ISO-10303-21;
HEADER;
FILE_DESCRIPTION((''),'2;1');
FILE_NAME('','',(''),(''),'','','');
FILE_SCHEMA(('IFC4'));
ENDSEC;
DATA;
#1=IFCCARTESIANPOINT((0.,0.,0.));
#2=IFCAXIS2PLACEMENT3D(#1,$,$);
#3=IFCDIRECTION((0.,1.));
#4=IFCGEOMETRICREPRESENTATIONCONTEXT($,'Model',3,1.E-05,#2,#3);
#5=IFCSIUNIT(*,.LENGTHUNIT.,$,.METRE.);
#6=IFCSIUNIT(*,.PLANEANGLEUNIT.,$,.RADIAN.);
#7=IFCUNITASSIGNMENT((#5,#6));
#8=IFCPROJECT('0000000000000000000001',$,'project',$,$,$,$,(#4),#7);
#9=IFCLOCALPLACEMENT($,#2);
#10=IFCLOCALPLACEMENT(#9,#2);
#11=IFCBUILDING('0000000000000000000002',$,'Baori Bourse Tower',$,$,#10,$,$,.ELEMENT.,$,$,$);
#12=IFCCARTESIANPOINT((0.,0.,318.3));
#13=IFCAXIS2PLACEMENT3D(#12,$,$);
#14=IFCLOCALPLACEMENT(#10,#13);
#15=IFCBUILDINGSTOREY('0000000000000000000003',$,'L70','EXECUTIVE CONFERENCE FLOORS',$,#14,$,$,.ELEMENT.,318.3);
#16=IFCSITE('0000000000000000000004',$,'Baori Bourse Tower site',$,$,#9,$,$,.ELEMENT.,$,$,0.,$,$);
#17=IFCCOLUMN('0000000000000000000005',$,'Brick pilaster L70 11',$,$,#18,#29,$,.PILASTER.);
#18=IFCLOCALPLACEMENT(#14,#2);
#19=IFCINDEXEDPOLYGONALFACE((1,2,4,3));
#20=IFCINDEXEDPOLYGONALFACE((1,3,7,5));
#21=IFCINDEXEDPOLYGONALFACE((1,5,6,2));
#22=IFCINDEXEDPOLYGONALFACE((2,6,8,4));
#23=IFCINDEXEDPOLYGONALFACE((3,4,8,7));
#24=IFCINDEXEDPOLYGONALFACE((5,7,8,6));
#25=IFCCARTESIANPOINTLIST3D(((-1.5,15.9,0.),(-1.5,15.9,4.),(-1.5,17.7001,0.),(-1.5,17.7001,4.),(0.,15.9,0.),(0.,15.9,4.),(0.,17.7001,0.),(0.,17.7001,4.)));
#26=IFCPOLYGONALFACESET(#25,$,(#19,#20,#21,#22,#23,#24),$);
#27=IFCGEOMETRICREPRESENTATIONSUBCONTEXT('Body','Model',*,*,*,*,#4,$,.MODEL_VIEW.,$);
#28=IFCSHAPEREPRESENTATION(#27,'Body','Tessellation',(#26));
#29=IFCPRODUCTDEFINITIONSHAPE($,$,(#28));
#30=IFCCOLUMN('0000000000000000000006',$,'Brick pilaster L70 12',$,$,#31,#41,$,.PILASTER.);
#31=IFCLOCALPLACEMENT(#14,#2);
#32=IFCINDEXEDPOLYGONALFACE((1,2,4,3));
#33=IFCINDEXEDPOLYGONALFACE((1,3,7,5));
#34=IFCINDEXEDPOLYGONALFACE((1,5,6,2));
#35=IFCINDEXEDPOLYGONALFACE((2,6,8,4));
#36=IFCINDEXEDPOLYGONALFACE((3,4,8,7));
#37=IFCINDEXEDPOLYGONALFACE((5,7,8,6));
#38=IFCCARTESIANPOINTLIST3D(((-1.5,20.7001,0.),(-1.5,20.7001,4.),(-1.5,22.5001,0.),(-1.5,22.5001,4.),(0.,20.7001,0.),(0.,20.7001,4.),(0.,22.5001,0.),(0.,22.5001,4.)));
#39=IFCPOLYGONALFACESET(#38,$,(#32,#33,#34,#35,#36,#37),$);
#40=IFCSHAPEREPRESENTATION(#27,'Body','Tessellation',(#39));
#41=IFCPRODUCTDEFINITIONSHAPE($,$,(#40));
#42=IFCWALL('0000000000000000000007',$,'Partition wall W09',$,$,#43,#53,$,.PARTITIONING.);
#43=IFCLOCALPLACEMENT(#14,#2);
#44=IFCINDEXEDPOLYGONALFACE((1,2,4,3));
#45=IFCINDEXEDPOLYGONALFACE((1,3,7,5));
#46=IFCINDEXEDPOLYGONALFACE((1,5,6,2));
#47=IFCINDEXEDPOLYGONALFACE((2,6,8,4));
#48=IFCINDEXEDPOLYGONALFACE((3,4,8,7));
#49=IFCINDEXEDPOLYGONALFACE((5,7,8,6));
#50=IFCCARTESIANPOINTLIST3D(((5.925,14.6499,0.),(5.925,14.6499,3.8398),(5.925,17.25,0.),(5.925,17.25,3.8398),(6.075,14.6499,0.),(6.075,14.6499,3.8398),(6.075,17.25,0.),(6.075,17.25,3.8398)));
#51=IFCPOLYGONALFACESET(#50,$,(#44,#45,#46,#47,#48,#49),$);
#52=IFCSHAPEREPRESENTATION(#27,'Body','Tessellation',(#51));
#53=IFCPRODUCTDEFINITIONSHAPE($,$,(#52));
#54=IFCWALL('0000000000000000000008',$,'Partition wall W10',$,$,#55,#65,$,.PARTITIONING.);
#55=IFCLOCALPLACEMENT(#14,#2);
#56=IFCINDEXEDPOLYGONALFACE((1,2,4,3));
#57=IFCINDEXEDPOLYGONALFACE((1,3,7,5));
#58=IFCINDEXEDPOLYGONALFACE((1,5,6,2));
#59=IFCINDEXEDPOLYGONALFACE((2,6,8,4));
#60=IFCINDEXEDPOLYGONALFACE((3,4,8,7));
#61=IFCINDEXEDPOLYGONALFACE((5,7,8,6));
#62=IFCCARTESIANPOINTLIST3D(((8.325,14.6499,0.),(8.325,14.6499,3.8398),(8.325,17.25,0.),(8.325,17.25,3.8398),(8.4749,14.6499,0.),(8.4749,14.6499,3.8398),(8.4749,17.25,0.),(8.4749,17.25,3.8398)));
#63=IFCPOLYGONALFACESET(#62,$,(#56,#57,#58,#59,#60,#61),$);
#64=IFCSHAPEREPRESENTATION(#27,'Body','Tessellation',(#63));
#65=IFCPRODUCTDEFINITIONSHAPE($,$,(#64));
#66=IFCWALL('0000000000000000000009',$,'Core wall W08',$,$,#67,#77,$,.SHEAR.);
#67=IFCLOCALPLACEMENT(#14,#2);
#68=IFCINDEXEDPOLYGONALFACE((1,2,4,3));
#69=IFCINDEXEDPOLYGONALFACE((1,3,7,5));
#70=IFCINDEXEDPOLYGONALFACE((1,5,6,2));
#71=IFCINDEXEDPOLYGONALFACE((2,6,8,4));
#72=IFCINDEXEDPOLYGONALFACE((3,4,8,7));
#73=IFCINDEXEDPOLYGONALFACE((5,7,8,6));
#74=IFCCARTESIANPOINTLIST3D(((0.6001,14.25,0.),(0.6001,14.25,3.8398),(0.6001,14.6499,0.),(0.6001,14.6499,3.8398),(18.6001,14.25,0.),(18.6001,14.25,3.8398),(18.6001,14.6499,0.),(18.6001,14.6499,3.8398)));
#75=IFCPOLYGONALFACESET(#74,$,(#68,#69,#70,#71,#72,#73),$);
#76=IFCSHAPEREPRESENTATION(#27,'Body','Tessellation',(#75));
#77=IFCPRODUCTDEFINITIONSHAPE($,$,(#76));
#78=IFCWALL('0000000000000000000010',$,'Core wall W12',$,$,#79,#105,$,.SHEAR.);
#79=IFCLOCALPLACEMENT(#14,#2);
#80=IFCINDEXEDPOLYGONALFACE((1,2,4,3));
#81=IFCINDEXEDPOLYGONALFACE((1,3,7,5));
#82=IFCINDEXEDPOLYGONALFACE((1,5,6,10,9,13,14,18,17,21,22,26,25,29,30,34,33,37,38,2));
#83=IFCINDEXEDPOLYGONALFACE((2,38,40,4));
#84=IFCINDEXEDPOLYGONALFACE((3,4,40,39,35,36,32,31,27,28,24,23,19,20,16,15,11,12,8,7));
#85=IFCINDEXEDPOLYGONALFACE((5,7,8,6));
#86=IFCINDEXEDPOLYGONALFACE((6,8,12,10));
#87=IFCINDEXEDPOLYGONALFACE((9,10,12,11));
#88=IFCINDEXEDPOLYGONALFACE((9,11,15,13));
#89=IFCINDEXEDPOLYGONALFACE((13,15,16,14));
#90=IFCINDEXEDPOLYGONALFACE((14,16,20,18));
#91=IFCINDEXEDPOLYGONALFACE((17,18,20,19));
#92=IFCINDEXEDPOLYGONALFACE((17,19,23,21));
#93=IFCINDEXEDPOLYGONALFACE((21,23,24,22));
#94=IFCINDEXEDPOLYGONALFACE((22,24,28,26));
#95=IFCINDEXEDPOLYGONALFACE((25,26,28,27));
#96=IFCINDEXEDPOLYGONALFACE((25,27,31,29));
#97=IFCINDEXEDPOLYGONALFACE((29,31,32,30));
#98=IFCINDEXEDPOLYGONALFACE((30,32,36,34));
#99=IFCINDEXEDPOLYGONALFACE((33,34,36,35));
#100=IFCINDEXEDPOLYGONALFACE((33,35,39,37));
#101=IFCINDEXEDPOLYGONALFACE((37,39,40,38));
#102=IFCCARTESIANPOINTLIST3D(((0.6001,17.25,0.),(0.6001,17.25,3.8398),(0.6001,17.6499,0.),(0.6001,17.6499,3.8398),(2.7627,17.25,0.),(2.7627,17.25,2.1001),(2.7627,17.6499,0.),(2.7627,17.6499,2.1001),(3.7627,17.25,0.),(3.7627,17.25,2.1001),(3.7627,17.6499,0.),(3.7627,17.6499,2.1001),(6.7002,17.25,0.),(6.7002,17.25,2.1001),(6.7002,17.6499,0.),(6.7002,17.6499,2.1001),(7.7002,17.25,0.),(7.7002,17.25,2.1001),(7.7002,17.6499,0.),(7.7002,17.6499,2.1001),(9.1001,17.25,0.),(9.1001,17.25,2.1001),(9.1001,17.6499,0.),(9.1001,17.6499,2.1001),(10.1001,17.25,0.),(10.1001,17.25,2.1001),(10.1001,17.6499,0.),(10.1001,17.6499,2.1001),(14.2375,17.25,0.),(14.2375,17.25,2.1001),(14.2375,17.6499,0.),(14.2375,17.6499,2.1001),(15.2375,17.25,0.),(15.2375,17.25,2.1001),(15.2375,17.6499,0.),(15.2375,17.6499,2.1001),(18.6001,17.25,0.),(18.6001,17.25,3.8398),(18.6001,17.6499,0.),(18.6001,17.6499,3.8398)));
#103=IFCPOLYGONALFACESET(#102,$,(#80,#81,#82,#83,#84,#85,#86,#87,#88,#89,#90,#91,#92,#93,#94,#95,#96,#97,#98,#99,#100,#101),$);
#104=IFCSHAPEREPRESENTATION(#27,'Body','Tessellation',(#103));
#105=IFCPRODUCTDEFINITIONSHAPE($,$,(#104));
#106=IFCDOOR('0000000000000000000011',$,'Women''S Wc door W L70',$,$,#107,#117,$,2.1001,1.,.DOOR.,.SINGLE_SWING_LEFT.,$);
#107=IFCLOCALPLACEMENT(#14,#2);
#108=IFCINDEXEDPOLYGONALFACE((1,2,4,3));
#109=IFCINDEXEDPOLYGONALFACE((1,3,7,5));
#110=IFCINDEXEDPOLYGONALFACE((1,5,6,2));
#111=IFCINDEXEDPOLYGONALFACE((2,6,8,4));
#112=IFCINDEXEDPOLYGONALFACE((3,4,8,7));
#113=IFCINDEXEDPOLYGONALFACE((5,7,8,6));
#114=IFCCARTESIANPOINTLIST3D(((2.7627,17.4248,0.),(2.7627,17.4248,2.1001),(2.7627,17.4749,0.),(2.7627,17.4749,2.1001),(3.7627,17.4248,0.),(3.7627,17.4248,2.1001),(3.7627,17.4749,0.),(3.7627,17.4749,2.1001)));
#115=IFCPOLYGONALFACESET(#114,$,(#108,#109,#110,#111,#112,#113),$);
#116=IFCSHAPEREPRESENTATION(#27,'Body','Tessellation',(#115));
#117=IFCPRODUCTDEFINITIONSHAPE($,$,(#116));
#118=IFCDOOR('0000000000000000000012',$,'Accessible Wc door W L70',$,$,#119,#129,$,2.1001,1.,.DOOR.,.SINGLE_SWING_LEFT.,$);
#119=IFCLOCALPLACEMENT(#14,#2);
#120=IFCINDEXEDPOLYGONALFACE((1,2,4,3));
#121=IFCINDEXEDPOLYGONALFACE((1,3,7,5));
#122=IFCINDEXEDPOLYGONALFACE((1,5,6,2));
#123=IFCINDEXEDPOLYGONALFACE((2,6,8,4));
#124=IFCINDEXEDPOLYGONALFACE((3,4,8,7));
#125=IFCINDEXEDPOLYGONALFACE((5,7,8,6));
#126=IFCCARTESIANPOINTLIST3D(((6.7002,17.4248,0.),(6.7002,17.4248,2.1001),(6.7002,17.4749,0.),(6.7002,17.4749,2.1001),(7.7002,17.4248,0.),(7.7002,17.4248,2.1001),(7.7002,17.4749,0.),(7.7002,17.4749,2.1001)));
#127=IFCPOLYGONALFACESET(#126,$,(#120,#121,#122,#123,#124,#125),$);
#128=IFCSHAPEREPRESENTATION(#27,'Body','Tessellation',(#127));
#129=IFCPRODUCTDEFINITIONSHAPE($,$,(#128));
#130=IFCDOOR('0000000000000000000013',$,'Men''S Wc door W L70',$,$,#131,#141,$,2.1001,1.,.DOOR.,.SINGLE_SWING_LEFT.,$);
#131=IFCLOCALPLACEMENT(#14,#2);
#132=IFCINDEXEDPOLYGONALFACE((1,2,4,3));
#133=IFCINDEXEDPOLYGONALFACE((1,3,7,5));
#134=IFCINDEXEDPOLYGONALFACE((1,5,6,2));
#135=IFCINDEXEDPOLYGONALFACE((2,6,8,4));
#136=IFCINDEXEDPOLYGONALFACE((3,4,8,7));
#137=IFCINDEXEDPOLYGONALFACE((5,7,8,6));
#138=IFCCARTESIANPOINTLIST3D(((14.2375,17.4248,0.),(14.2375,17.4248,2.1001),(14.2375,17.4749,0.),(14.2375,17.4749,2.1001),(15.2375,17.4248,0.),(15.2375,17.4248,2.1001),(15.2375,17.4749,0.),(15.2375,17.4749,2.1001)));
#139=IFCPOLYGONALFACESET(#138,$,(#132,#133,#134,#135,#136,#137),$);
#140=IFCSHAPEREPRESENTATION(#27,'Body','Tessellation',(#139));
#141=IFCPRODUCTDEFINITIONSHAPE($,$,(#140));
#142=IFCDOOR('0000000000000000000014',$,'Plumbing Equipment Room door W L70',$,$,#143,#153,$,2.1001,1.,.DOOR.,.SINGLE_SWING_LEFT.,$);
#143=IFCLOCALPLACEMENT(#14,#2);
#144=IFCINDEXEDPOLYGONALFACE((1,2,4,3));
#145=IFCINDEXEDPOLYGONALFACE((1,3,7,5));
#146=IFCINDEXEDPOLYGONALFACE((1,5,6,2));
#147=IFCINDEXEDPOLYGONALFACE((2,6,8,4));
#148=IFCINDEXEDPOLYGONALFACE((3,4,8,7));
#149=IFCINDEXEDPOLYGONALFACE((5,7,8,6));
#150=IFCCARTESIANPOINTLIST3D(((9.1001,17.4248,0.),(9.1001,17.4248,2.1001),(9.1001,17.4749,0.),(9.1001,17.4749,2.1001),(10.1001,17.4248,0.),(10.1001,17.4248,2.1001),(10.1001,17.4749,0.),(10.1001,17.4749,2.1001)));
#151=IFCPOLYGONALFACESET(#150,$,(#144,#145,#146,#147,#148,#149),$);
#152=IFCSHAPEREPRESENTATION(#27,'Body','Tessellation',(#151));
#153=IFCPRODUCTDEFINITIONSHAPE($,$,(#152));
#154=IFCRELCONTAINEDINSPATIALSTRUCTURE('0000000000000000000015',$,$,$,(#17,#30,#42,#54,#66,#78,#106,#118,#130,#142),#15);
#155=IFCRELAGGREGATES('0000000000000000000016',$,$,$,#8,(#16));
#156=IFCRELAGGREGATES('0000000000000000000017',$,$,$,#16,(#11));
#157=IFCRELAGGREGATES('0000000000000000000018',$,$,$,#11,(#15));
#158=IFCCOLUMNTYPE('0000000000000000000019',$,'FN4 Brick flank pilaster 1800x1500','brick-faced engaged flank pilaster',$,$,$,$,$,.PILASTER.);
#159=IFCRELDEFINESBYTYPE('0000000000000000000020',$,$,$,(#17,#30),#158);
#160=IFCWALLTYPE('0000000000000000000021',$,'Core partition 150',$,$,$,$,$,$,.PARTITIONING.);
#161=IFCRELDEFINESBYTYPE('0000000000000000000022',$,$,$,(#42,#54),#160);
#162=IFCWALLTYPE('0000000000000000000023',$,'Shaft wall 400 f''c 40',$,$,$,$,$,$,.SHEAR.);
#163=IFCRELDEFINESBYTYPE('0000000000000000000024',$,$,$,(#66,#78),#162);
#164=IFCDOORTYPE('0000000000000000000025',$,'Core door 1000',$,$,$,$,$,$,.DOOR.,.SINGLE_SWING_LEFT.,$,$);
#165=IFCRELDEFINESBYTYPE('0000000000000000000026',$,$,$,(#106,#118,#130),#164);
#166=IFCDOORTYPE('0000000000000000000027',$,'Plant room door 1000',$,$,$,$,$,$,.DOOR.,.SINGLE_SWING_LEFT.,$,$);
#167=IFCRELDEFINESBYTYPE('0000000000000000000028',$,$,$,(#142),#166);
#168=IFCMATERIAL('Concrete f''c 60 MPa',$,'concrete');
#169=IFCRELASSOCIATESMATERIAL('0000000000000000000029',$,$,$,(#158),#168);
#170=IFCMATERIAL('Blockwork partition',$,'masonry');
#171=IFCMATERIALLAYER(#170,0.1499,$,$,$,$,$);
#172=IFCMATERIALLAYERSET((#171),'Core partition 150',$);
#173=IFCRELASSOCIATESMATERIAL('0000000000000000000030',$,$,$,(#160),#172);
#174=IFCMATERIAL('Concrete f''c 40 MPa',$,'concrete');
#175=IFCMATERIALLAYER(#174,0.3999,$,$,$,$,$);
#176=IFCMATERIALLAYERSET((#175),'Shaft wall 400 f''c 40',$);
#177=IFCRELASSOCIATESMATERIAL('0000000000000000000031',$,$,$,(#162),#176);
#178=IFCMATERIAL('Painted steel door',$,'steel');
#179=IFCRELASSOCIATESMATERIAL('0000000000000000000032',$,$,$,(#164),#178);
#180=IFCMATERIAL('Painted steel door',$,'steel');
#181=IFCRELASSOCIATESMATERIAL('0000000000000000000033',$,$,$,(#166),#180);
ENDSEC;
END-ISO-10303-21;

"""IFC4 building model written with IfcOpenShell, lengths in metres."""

from ifc_helpers import new_model, si_unit, direction, frame, frame_2d, origin, origin_2d, place, context, subcontext, project, spatial, rectangle, extrude, material, layer, layer_set, material_profile, profile_set, type_object, element, fill, save


model = new_model("IFC4")

# Units and contexts
model_context = context("Model", 3, precision=1e-05, world=origin(), true_north=direction((0.0, 1.0)))
body_context = subcontext(model_context, "Body", "Model", "MODEL_VIEW")
ifc_project = project(units=[si_unit("LENGTHUNIT", "METRE"), si_unit("PLANEANGLEUNIT", "RADIAN")], contexts=[model_context])

# Site, building, storey
site_placement = place(None, origin())
site = spatial("IfcSite", under=ifc_project, at=site_placement, Name="Baori Bourse Tower site", CompositionType="ELEMENT", RefElevation=0.0)
building_placement = place(site_placement, origin())
building = spatial("IfcBuilding", under=site, at=building_placement, Name="Baori Bourse Tower", CompositionType="ELEMENT")
storey_placement = place(building_placement, frame((0.0, 0.0, 318.3)))
storey = spatial("IfcBuildingStorey", under=building, at=storey_placement, Name="L70", Description="EXECUTIVE CONFERENCE FLOORS", CompositionType="ELEMENT", Elevation=318.3)

# Columns
ifc_material_1 = material(Name="Concrete f'c 60 MPa", Category="concrete")
ifc_material_profile = material_profile(ifc_material_1, rectangle(XDim=1.8, YDim=1.5, at=origin_2d()), Name="RC 1800x1500")
ifc_profile_set = profile_set([ifc_material_profile], Name="Concrete f'c 60 MPa")
column_type = type_object("IfcColumnType", Name="FN4 Brick flank pilaster 1800x1500", Description="brick-faced engaged flank pilaster", PredefinedType="PILASTER", material=ifc_profile_set)
for number, where, z_axis, x_axis, name in (
    (1, (-0.75, 16.8, 0.0), (0.0, 0.0, 1.0), (0.0, 1.0, 0.0), "Brick pilaster L70 11"),
    (2, (-0.75, 21.6001, 0.0), (0.0, 0.0, 1.0), (0.0, 1.0, 0.0), "Brick pilaster L70 12"),
):
    element("IfcColumn", number, at=place(storey_placement, frame(where, z_axis=z_axis, x_axis=x_axis)), inside=storey, type_object=column_type, Name=name, PredefinedType="PILASTER", context=body_context, shape_type="SweptSolid", body=[
        extrude(rectangle(XDim=1.8, YDim=1.5, at=origin_2d()), origin(), (0.0, 0.0, 1.0), 4.0),
    ])

# Walls
ifc_material_2 = material(Name="Blockwork partition", Category="masonry")
ifc_layer_1 = layer(ifc_material_2, 0.1499)
ifc_layer_set_1 = layer_set([ifc_layer_1], Name="Core partition 150")
wall_type_1 = type_object("IfcWallType", Name="Core partition 150", PredefinedType="PARTITIONING", material=ifc_layer_set_1)
for number, where, z_axis, x_axis, name in (
    (3, (6.0, 14.6499, 0.0), (0.0, 0.0, 1.0), (0.0, 1.0, 0.0), "Partition wall W09"),
    (4, (8.3999, 14.6499, 0.0), (0.0, 0.0, 1.0), (0.0, 1.0, 0.0), "Partition wall W10"),
):
    element("IfcWall", number, at=place(storey_placement, frame(where, z_axis=z_axis, x_axis=x_axis)), inside=storey, type_object=wall_type_1, Name=name, PredefinedType="PARTITIONING", context=body_context, shape_type="SweptSolid", body=[
        extrude(rectangle(XDim=2.6001, YDim=0.1499, at=frame_2d((1.3, 0.0))), origin(), (0.0, 0.0, 1.0), 3.8398),
    ])
ifc_material_3 = material(Name="Concrete f'c 40 MPa", Category="concrete")
ifc_layer_2 = layer(ifc_material_3, 0.3999)
ifc_layer_set_2 = layer_set([ifc_layer_2], Name="Shaft wall 400 f'c 40")
wall_type_2 = type_object("IfcWallType", Name="Shaft wall 400 f'c 40", PredefinedType="SHEAR", material=ifc_layer_set_2)
wall_1_placement = place(storey_placement, frame((0.6001, 14.45, 0.0), z_axis=(0.0, 0.0, 1.0), x_axis=(1.0, 0.0, 0.0)))
element("IfcWall", 5, at=wall_1_placement, inside=storey, type_object=wall_type_2, Name="Core wall W08", PredefinedType="SHEAR", context=body_context, shape_type="SweptSolid", body=[
    extrude(rectangle(XDim=18.0, YDim=0.3999, at=frame_2d((9.0, 0.0))), origin(), (0.0, 0.0, 1.0), 3.8398),
])

# Wall, openings, doors
wall_2_placement = place(storey_placement, frame((0.6001, 17.45, 0.0), z_axis=(0.0, 0.0, 1.0), x_axis=(1.0, 0.0, 0.0)))
wall_2 = element("IfcWall", 6, at=wall_2_placement, inside=storey, type_object=wall_type_2, Name="Core wall W12", PredefinedType="SHEAR", context=body_context, shape_type="SweptSolid", body=[
    extrude(rectangle(XDim=18.0, YDim=0.3999, at=frame_2d((9.0, 0.0))), origin(), (0.0, 0.0, 1.0), 3.8398),
])
opening_1_placement = place(wall_2_placement, frame((2.1626, 0.0, 0.0)))
opening_1 = element("IfcOpeningElement", 7, at=opening_1_placement, cuts=wall_2, PredefinedType="OPENING", context=body_context, shape_type="SweptSolid", body=[
    extrude(rectangle(XDim=1.0, YDim=2.1001, at=frame_2d((0.5, 1.05))), frame((0.0, 0.21, 0.0), z_axis=(0.0, -1.0, 0.0), x_axis=(1.0, 0.0, 0.0)), (0.0, 0.0, 1.0), 0.4199),
])
opening_2_placement = place(wall_2_placement, frame((6.1001, 0.0, 0.0)))
opening_2 = element("IfcOpeningElement", 8, at=opening_2_placement, cuts=wall_2, PredefinedType="OPENING", context=body_context, shape_type="SweptSolid", body=[
    extrude(rectangle(XDim=1.0, YDim=2.1001, at=frame_2d((0.5, 1.05))), frame((0.0, 0.21, 0.0), z_axis=(0.0, -1.0, 0.0), x_axis=(1.0, 0.0, 0.0)), (0.0, 0.0, 1.0), 0.4199),
])
opening_3_placement = place(wall_2_placement, frame((8.5, 0.0, 0.0)))
opening_3 = element("IfcOpeningElement", 9, at=opening_3_placement, cuts=wall_2, PredefinedType="OPENING", context=body_context, shape_type="SweptSolid", body=[
    extrude(rectangle(XDim=1.0, YDim=2.1001, at=frame_2d((0.5, 1.05))), frame((0.0, 0.21, 0.0), z_axis=(0.0, -1.0, 0.0), x_axis=(1.0, 0.0, 0.0)), (0.0, 0.0, 1.0), 0.4199),
])
opening_4_placement = place(wall_2_placement, frame((13.6375, 0.0, 0.0)))
opening_4 = element("IfcOpeningElement", 10, at=opening_4_placement, cuts=wall_2, PredefinedType="OPENING", context=body_context, shape_type="SweptSolid", body=[
    extrude(rectangle(XDim=1.0, YDim=2.1001, at=frame_2d((0.5, 1.05))), frame((0.0, 0.21, 0.0), z_axis=(0.0, -1.0, 0.0), x_axis=(1.0, 0.0, 0.0)), (0.0, 0.0, 1.0), 0.4199),
])
ifc_material_4 = material(Name="Painted steel door", Category="steel")
door_type_1 = type_object("IfcDoorType", Name="Core door 1000", OperationType="SINGLE_SWING_LEFT", PredefinedType="DOOR", material=ifc_material_4)
door_1_placement = place(opening_1_placement, origin())
door_1 = element("IfcDoor", 11, at=door_1_placement, inside=storey, type_object=door_type_1, Name="Women'S Wc door W L70", OperationType="SINGLE_SWING_LEFT", OverallHeight=2.1001, OverallWidth=1.0, PredefinedType="DOOR", context=body_context, shape_type="SweptSolid", body=[
    extrude(rectangle(XDim=1.0, YDim=2.1001, at=frame_2d((0.5, 1.05))), frame((0.0, 0.0249, 0.0), z_axis=(0.0, -1.0, 0.0), x_axis=(1.0, 0.0, 0.0)), (0.0, 0.0, 1.0), 0.05),
])
fill(opening_1, door_1)
door_2_placement = place(opening_2_placement, origin())
door_2 = element("IfcDoor", 12, at=door_2_placement, inside=storey, type_object=door_type_1, Name="Accessible Wc door W L70", OperationType="SINGLE_SWING_LEFT", OverallHeight=2.1001, OverallWidth=1.0, PredefinedType="DOOR", context=body_context, shape_type="SweptSolid", body=[
    extrude(rectangle(XDim=1.0, YDim=2.1001, at=frame_2d((0.5, 1.05))), frame((0.0, 0.0249, 0.0), z_axis=(0.0, -1.0, 0.0), x_axis=(1.0, 0.0, 0.0)), (0.0, 0.0, 1.0), 0.05),
])
fill(opening_2, door_2)
door_3_placement = place(opening_4_placement, origin())
door_3 = element("IfcDoor", 13, at=door_3_placement, inside=storey, type_object=door_type_1, Name="Men'S Wc door W L70", OperationType="SINGLE_SWING_LEFT", OverallHeight=2.1001, OverallWidth=1.0, PredefinedType="DOOR", context=body_context, shape_type="SweptSolid", body=[
    extrude(rectangle(XDim=1.0, YDim=2.1001, at=frame_2d((0.5, 1.05))), frame((0.0, 0.0249, 0.0), z_axis=(0.0, -1.0, 0.0), x_axis=(1.0, 0.0, 0.0)), (0.0, 0.0, 1.0), 0.05),
])
fill(opening_4, door_3)
ifc_material_5 = material(Name="Painted steel door", Category="steel")
door_type_2 = type_object("IfcDoorType", Name="Plant room door 1000", OperationType="SINGLE_SWING_LEFT", PredefinedType="DOOR", material=ifc_material_5)
door_4_placement = place(opening_3_placement, origin())
door_4 = element("IfcDoor", 14, at=door_4_placement, inside=storey, type_object=door_type_2, Name="Plumbing Equipment Room door W L70", OperationType="SINGLE_SWING_LEFT", OverallHeight=2.1001, OverallWidth=1.0, PredefinedType="DOOR", context=body_context, shape_type="SweptSolid", body=[
    extrude(rectangle(XDim=1.0, YDim=2.1001, at=frame_2d((0.5, 1.05))), frame((0.0, 0.0249, 0.0), z_axis=(0.0, -1.0, 0.0), x_axis=(1.0, 0.0, 0.0)), (0.0, 0.0, 1.0), 0.05),
])
fill(opening_3, door_4)

save(model, "model.ifc")
